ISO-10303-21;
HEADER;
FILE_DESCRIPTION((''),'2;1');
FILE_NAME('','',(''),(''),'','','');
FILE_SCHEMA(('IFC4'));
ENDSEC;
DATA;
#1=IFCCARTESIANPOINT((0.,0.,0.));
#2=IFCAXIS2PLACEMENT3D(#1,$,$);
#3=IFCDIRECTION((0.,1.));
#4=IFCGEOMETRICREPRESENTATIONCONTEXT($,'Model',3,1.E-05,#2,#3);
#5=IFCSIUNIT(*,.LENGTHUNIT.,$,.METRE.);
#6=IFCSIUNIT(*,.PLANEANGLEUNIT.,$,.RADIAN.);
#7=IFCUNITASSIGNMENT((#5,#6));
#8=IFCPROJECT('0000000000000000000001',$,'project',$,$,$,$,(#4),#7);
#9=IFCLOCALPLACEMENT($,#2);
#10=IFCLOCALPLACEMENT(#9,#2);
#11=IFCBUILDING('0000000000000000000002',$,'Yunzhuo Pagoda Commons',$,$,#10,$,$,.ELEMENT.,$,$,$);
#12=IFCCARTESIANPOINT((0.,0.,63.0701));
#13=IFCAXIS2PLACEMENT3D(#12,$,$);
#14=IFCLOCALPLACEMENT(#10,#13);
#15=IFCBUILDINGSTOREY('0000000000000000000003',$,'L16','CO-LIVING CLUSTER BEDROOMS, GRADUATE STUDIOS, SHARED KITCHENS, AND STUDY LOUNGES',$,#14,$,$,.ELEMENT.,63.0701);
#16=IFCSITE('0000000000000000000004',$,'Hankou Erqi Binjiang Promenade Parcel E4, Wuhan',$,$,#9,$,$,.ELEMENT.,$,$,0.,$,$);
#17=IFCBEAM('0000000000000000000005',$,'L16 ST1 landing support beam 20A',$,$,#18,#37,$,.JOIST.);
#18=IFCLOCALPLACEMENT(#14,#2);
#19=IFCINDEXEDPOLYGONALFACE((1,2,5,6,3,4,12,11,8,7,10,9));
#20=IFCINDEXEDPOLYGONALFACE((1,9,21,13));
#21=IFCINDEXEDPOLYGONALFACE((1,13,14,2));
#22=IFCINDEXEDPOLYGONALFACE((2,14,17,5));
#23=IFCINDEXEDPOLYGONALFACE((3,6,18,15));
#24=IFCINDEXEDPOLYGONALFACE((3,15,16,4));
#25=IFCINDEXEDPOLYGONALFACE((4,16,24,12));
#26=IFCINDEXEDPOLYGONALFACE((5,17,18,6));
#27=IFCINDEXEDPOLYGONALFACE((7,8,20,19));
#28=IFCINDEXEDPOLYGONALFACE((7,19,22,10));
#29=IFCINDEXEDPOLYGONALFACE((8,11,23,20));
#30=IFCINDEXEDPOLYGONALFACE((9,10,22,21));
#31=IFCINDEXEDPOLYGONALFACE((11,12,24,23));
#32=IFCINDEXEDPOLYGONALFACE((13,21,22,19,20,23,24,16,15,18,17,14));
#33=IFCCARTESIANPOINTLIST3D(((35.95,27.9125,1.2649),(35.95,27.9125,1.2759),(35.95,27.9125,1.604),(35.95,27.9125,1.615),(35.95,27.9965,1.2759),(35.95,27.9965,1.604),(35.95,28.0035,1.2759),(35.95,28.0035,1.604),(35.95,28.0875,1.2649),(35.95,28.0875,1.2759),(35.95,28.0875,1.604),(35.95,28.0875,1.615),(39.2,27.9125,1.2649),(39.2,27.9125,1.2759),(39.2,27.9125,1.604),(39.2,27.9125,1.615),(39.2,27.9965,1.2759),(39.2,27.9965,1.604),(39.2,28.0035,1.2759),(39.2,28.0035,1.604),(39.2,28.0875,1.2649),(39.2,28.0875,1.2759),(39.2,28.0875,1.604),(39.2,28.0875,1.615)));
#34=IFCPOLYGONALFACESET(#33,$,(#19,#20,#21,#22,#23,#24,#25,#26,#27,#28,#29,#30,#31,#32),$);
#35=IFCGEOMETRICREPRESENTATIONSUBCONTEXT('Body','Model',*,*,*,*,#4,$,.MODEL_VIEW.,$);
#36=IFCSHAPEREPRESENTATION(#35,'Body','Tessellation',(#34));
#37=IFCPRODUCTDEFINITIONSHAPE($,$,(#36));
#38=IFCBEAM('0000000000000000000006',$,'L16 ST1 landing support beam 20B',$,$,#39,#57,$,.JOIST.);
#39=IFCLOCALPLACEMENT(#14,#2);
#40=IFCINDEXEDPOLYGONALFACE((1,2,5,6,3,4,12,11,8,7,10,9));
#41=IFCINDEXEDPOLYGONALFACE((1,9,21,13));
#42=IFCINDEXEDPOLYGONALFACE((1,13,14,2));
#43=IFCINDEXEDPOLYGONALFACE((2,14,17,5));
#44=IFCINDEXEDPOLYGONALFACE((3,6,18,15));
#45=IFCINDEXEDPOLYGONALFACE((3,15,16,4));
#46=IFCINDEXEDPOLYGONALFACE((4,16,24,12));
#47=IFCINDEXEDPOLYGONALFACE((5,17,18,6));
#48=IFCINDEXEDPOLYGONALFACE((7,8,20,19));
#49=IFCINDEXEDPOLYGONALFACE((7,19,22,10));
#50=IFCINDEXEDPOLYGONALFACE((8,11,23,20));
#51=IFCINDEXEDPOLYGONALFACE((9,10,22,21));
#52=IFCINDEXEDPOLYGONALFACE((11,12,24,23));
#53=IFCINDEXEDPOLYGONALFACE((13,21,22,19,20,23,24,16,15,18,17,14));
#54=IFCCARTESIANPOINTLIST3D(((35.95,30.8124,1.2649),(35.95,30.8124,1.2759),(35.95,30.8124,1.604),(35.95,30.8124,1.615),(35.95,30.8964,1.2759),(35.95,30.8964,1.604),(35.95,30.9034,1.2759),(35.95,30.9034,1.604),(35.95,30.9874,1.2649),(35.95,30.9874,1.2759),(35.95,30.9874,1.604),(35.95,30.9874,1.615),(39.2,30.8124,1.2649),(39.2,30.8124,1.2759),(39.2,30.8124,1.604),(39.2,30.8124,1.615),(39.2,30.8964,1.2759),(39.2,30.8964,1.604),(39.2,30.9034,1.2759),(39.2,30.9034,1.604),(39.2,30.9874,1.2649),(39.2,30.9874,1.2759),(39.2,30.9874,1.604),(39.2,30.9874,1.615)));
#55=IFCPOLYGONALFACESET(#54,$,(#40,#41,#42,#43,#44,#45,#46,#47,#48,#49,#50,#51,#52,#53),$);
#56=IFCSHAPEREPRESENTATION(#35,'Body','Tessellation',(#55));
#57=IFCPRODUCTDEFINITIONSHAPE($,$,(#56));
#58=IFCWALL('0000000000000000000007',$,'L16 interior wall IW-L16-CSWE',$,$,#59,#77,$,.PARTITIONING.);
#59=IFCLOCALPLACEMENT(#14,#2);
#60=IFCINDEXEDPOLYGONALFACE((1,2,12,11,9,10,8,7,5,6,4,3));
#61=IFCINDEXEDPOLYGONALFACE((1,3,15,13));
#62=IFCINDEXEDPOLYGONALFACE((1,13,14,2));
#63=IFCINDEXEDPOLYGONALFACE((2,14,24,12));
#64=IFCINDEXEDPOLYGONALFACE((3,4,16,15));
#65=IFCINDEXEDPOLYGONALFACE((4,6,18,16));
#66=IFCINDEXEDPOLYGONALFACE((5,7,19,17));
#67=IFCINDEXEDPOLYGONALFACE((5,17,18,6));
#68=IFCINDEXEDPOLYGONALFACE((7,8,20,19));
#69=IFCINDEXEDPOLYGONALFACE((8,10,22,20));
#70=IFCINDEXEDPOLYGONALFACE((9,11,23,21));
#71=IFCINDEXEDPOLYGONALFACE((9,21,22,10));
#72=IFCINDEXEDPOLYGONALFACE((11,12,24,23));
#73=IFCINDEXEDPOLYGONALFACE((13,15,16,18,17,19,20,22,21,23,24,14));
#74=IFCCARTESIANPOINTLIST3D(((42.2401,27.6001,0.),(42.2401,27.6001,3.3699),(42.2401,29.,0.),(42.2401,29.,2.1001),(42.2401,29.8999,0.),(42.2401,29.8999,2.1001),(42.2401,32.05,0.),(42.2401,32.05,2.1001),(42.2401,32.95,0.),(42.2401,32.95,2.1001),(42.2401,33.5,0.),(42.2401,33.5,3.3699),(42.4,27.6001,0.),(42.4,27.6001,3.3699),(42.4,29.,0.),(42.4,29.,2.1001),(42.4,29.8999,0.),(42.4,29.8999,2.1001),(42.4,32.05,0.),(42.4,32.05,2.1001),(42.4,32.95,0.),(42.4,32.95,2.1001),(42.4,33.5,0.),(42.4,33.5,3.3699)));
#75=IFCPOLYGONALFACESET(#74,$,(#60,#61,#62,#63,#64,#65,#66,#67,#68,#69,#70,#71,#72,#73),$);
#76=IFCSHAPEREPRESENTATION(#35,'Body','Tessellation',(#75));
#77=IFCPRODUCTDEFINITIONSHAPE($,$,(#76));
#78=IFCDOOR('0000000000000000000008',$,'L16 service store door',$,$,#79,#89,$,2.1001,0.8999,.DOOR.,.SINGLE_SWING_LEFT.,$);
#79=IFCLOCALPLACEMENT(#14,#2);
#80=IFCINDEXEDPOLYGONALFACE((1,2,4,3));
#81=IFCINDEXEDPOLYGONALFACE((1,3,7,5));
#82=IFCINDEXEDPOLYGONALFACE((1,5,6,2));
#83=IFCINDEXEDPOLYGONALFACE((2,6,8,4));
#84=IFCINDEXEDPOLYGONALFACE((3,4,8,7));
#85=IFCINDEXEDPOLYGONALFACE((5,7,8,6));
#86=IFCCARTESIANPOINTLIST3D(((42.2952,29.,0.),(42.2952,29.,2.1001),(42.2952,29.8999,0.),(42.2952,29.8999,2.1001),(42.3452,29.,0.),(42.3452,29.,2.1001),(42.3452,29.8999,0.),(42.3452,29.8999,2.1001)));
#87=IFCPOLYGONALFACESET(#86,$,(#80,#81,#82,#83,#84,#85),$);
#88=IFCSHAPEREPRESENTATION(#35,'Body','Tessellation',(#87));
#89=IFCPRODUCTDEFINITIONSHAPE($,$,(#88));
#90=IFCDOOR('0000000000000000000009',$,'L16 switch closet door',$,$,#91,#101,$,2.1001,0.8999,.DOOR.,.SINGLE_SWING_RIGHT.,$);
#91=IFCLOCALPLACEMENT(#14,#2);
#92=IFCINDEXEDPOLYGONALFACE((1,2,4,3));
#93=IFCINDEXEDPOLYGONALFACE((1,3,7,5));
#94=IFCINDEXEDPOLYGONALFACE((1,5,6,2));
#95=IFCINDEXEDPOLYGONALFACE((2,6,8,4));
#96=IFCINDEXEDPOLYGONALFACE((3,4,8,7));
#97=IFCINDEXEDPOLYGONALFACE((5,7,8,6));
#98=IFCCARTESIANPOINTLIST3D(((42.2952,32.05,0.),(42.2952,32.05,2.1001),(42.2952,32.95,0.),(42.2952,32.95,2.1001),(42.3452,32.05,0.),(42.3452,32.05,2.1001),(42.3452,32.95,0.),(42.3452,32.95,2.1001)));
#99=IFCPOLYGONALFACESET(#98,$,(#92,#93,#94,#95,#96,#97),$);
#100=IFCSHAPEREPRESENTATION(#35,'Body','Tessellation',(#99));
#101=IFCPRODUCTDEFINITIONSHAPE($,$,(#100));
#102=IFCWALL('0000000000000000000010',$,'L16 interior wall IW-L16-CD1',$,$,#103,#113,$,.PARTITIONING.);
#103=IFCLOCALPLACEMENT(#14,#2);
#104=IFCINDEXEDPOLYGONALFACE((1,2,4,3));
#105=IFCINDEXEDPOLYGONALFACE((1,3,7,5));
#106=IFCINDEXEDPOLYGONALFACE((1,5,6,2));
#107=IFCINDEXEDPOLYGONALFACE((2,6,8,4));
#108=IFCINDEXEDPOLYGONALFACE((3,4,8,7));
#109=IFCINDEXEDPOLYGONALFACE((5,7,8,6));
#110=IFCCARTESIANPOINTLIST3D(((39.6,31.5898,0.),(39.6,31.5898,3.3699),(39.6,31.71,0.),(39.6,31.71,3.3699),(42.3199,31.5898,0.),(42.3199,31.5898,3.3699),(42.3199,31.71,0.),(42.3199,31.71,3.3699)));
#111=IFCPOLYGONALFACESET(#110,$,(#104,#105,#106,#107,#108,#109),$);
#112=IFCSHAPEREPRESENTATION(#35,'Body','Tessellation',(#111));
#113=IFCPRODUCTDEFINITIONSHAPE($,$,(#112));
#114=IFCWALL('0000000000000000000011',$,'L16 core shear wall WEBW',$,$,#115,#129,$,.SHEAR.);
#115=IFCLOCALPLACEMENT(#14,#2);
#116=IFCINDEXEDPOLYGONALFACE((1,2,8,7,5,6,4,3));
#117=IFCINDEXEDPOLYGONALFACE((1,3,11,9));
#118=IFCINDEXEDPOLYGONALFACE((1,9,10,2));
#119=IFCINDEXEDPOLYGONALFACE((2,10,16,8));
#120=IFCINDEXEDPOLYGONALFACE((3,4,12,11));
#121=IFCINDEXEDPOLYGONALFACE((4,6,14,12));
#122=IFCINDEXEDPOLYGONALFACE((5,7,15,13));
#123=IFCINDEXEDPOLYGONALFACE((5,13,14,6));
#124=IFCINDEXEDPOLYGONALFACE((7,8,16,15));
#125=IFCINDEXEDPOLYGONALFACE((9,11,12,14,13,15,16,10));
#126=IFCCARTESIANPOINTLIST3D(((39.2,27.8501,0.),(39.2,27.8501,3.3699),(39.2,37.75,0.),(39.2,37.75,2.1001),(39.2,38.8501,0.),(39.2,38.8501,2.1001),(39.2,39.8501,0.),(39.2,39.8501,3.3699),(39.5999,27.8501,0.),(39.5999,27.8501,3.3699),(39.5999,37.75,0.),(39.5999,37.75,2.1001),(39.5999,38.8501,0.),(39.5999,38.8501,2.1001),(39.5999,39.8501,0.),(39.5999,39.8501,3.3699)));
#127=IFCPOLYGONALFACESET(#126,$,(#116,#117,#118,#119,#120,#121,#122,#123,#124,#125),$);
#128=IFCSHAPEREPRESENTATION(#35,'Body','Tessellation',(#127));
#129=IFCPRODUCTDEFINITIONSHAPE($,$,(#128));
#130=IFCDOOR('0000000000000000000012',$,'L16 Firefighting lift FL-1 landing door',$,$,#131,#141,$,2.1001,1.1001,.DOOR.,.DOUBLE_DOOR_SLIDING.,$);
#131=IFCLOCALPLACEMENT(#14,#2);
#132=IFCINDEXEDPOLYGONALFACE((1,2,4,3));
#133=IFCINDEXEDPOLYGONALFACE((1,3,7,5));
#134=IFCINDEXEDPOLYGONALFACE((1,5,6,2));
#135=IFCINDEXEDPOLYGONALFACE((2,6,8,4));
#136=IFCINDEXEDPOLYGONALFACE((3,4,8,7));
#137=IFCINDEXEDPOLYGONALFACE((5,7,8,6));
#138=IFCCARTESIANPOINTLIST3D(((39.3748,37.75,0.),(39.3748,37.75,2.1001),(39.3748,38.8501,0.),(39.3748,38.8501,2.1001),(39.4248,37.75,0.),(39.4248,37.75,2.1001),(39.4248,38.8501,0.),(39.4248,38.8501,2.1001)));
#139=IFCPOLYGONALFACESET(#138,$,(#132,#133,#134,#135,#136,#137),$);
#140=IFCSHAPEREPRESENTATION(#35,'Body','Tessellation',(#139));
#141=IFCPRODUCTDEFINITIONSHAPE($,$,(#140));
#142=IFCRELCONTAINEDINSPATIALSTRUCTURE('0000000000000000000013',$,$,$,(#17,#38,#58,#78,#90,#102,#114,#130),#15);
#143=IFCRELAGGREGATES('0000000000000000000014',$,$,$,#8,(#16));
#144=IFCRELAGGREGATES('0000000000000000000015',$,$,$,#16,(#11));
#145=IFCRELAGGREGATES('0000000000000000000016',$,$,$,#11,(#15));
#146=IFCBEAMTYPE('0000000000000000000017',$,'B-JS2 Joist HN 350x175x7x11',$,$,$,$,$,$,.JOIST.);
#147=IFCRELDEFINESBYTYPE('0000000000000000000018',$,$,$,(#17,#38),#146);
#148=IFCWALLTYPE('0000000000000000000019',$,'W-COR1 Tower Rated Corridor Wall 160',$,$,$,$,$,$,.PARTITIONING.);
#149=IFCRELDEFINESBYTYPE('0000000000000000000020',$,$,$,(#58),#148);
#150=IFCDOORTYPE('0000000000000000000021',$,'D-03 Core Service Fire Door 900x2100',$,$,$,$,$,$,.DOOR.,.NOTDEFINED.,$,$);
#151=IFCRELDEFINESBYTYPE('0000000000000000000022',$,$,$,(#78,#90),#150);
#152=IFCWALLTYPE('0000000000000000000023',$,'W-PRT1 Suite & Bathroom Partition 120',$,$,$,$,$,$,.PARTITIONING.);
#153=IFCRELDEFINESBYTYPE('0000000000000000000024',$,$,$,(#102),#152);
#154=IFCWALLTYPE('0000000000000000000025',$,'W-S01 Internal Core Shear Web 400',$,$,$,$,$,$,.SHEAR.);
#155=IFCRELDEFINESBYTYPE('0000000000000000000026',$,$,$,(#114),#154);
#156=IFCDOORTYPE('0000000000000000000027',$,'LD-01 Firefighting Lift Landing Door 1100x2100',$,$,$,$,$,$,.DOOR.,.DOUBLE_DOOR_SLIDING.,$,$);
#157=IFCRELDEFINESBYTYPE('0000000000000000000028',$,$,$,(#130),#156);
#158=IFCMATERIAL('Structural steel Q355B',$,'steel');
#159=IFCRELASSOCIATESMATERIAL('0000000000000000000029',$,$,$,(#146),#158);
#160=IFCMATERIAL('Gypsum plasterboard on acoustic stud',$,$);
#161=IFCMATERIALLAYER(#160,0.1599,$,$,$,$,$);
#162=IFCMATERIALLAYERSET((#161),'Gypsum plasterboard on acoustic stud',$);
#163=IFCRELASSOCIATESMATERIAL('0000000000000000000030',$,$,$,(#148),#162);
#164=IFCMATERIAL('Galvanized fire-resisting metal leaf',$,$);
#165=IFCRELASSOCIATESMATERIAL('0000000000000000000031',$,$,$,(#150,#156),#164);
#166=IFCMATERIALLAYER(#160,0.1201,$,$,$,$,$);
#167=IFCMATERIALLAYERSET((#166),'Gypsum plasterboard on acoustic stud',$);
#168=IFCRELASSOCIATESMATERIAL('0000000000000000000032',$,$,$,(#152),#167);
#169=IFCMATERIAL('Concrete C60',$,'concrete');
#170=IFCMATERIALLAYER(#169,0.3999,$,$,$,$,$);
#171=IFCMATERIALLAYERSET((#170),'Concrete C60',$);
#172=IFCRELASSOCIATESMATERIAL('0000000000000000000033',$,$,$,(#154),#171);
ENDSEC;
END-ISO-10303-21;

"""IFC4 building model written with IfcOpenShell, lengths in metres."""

from ifc_helpers import new_model, si_unit, direction, frame, frame_2d, origin, origin_with_axes, origin_2d, place, context, subcontext, project, spatial, rectangle, i_section, extrude, source, transform, mapped, material, layer, layer_set, material_profile, profile_set, type_object, element, fill, save


model = new_model("IFC4")

# Units and contexts
model_context = context("Model", 3, precision=1e-05, world=origin(), true_north=direction((0.0, 1.0)))
body_context = subcontext(model_context, "Body", "Model", "MODEL_VIEW")
ifc_project = project(units=[si_unit("LENGTHUNIT", "METRE"), si_unit("PLANEANGLEUNIT", "RADIAN")], contexts=[model_context])

# Site, building, storey
site_placement = place(None, origin())
site = spatial("IfcSite", under=ifc_project, at=site_placement, Name="Hankou Erqi Binjiang Promenade Parcel E4, Wuhan", CompositionType="ELEMENT", RefElevation=0.0)
building_placement = place(site_placement, origin())
building = spatial("IfcBuilding", under=site, at=building_placement, Name="Yunzhuo Pagoda Commons", CompositionType="ELEMENT")
storey_placement = place(building_placement, frame((0.0, 0.0, 63.0701)))
storey = spatial("IfcBuildingStorey", under=building, at=storey_placement, Name="L16", Description="CO-LIVING CLUSTER BEDROOMS, GRADUATE STUDIOS, SHARED KITCHENS, AND STUDY LOUNGES", CompositionType="ELEMENT", Elevation=63.0701)

# Beams
ifc_material_1 = material(Name="Structural steel Q355B", Category="steel")
ifc_material_profile = material_profile(ifc_material_1, i_section(OverallWidth=0.175, OverallDepth=0.3501, WebThickness=0.0071, FlangeThickness=0.011, at=origin_2d()), Name="Structural steel Q355B")
ifc_profile_set = profile_set([ifc_material_profile], Name="Structural steel Q355B")
beam_type = type_object("IfcBeamType", Name="B-JS2 Joist HN 350x175x7x11", PredefinedType="JOIST", material=ifc_profile_set)
shared_shape_1 = source(origin(), body_context, "Body", "SweptSolid", [
    extrude(i_section(OverallWidth=0.175, OverallDepth=0.3501, WebThickness=0.0071, FlangeThickness=0.011, at=origin_2d()), origin(), (0.0, 0.0, 1.0), 3.25),
])
for number, where, z_axis, x_axis, name in (
    (1, (35.95, 28.0, 1.4399), (1.0, 0.0, 0.0), (0.0, 1.0, 0.0), "L16 ST1 landing support beam 20A"),
    (2, (35.95, 30.8999, 1.4399), (1.0, 0.0, 0.0), (0.0, 1.0, 0.0), "L16 ST1 landing support beam 20B"),
):
    element("IfcBeam", number, at=place(storey_placement, frame(where, z_axis=z_axis, x_axis=x_axis)), inside=storey, type_object=beam_type, Name=name, PredefinedType="JOIST", context=body_context, shape_type="MappedRepresentation", body=[
        mapped(shared_shape_1, transform((0.0, 0.0, 0.0), scale=1.0)),
    ])

# Wall, openings, doors
ifc_material_2 = material(Name="Gypsum plasterboard on acoustic stud")
ifc_layer_1 = layer(ifc_material_2, 0.1599)
ifc_layer_set_1 = layer_set([ifc_layer_1], Name="Gypsum plasterboard on acoustic stud")
wall_type_1 = type_object("IfcWallType", Name="W-COR1 Tower Rated Corridor Wall 160", PredefinedType="PARTITIONING", material=ifc_layer_set_1)
wall_1_placement = place(storey_placement, frame((42.3201, 27.6001, 0.0), z_axis=(0.0, 0.0, 1.0), x_axis=(0.0, 1.0, 0.0)))
wall_1 = element("IfcWall", 3, at=wall_1_placement, inside=storey, type_object=wall_type_1, Name="L16 interior wall IW-L16-CSWE", PredefinedType="PARTITIONING", context=body_context, shape_type="SweptSolid", body=[
    extrude(rectangle(XDim=5.8999, YDim=0.1599, at=frame_2d((2.95, 0.0))), origin(), (0.0, 0.0, 1.0), 3.3699),
])
opening_1_placement = place(wall_1_placement, frame((1.3999, 0.0, 0.0)))
opening_1 = element("IfcOpeningElement", 4, at=opening_1_placement, cuts=wall_1, PredefinedType="OPENING", context=body_context, shape_type="SweptSolid", body=[
    extrude(rectangle(XDim=0.8999, YDim=2.1001, at=frame_2d((0.45, 1.05))), frame((0.0, 0.0898, 0.0), z_axis=(0.0, -1.0, 0.0), x_axis=(1.0, 0.0, 0.0)), (0.0, 0.0, 1.0), 0.1799),
])
opening_2_placement = place(wall_1_placement, frame((4.45, 0.0, 0.0)))
opening_2 = element("IfcOpeningElement", 5, at=opening_2_placement, cuts=wall_1, PredefinedType="OPENING", context=body_context, shape_type="SweptSolid", body=[
    extrude(rectangle(XDim=0.8999, YDim=2.1001, at=frame_2d((0.45, 1.05))), frame((0.0, 0.0898, 0.0), z_axis=(0.0, -1.0, 0.0), x_axis=(1.0, 0.0, 0.0)), (0.0, 0.0, 1.0), 0.1799),
])
ifc_material_3 = material(Name="Galvanized fire-resisting metal leaf")
door_type_1 = type_object("IfcDoorType", Name="D-03 Core Service Fire Door 900x2100", OperationType="NOTDEFINED", PredefinedType="DOOR", material=ifc_material_3)
shared_shape_2 = source(origin(), body_context, "Body", "SweptSolid", [
    extrude(rectangle(XDim=0.8999, YDim=2.1001, at=frame_2d((0.45, 1.05))), frame((0.0, 0.0249, 0.0), z_axis=(0.0, -1.0, 0.0), x_axis=(1.0, 0.0, 0.0)), (0.0, 0.0, 1.0), 0.05),
])
door_1_placement = place(opening_1_placement, origin_with_axes())
door_1 = element("IfcDoor", 6, at=door_1_placement, inside=storey, type_object=door_type_1, Name="L16 service store door", OperationType="SINGLE_SWING_LEFT", OverallHeight=2.1001, OverallWidth=0.8999, PredefinedType="DOOR", context=body_context, shape_type="MappedRepresentation", body=[
    mapped(shared_shape_2, transform((0.0, 0.0, 0.0), scale=1.0)),
])
fill(opening_1, door_1)
door_2_placement = place(opening_2_placement, origin_with_axes())
door_2 = element("IfcDoor", 7, at=door_2_placement, inside=storey, type_object=door_type_1, Name="L16 switch closet door", OperationType="SINGLE_SWING_RIGHT", OverallHeight=2.1001, OverallWidth=0.8999, PredefinedType="DOOR", context=body_context, shape_type="MappedRepresentation", body=[
    mapped(shared_shape_2, transform((0.0, 0.0, 0.0), scale=1.0)),
])
fill(opening_2, door_2)

# Wall
ifc_layer_2 = layer(ifc_material_2, 0.1201)
ifc_layer_set_2 = layer_set([ifc_layer_2], Name="Gypsum plasterboard on acoustic stud")
wall_type_2 = type_object("IfcWallType", Name="W-PRT1 Suite & Bathroom Partition 120", PredefinedType="PARTITIONING", material=ifc_layer_set_2)
wall_2_placement = place(storey_placement, frame((39.6001, 31.6499, 0.0), z_axis=(0.0, 0.0, 1.0), x_axis=(1.0, 0.0, 0.0)))
element("IfcWall", 8, at=wall_2_placement, inside=storey, type_object=wall_type_2, Name="L16 interior wall IW-L16-CD1", PredefinedType="PARTITIONING", context=body_context, shape_type="SweptSolid", body=[
    extrude(rectangle(XDim=2.72, YDim=0.1201, at=frame_2d((1.3599, 0.0))), origin(), (0.0, 0.0, 1.0), 3.3699),
])

# Wall, opening, door
ifc_material_4 = material(Name="Concrete C60", Category="concrete")
ifc_layer_3 = layer(ifc_material_4, 0.3999)
ifc_layer_set_3 = layer_set([ifc_layer_3], Name="Concrete C60")
wall_type_3 = type_object("IfcWallType", Name="W-S01 Internal Core Shear Web 400", PredefinedType="SHEAR", material=ifc_layer_set_3)
wall_3_placement = place(storey_placement, frame((39.3999, 27.8501, 0.0), z_axis=(0.0, 0.0, 1.0), x_axis=(0.0, 1.0, 0.0)))
wall_3 = element("IfcWall", 9, at=wall_3_placement, inside=storey, type_object=wall_type_3, Name="L16 core shear wall WEBW", PredefinedType="SHEAR", context=body_context, shape_type="SweptSolid", body=[
    extrude(rectangle(XDim=12.0, YDim=0.3999, at=frame_2d((6.0, 0.0))), origin(), (0.0, 0.0, 1.0), 3.3699),
])
opening_3_placement = place(wall_3_placement, frame((9.8999, 0.0, 0.0)))
opening_3 = element("IfcOpeningElement", 10, at=opening_3_placement, cuts=wall_3, PredefinedType="OPENING", context=body_context, shape_type="SweptSolid", body=[
    extrude(rectangle(XDim=1.1001, YDim=2.1001, at=frame_2d((0.55, 1.05))), frame((0.0, 0.21, 0.0), z_axis=(0.0, -1.0, 0.0), x_axis=(1.0, 0.0, 0.0)), (0.0, 0.0, 1.0), 0.4199),
])
door_type_2 = type_object("IfcDoorType", Name="LD-01 Firefighting Lift Landing Door 1100x2100", OperationType="DOUBLE_DOOR_SLIDING", PredefinedType="DOOR", material=ifc_material_3)
shared_shape_3 = source(origin(), body_context, "Body", "SweptSolid", [
    extrude(rectangle(XDim=1.1001, YDim=2.1001, at=frame_2d((0.55, 1.05))), frame((0.0, 0.0249, 0.0), z_axis=(0.0, -1.0, 0.0), x_axis=(1.0, 0.0, 0.0)), (0.0, 0.0, 1.0), 0.05),
])
door_3_placement = place(opening_3_placement, frame((1.1001, 0.0, 0.0), z_axis=(0.0, 0.0, 1.0), x_axis=(-1.0, 0.0, 0.0)))
door_3 = element("IfcDoor", 11, at=door_3_placement, inside=storey, type_object=door_type_2, Name="L16 Firefighting lift FL-1 landing door", OperationType="DOUBLE_DOOR_SLIDING", OverallHeight=2.1001, OverallWidth=1.1001, PredefinedType="DOOR", context=body_context, shape_type="MappedRepresentation", body=[
    mapped(shared_shape_3, transform((0.0, 0.0, 0.0), scale=1.0)),
])
fill(opening_3, door_3)

save(model, "model.ifc")
